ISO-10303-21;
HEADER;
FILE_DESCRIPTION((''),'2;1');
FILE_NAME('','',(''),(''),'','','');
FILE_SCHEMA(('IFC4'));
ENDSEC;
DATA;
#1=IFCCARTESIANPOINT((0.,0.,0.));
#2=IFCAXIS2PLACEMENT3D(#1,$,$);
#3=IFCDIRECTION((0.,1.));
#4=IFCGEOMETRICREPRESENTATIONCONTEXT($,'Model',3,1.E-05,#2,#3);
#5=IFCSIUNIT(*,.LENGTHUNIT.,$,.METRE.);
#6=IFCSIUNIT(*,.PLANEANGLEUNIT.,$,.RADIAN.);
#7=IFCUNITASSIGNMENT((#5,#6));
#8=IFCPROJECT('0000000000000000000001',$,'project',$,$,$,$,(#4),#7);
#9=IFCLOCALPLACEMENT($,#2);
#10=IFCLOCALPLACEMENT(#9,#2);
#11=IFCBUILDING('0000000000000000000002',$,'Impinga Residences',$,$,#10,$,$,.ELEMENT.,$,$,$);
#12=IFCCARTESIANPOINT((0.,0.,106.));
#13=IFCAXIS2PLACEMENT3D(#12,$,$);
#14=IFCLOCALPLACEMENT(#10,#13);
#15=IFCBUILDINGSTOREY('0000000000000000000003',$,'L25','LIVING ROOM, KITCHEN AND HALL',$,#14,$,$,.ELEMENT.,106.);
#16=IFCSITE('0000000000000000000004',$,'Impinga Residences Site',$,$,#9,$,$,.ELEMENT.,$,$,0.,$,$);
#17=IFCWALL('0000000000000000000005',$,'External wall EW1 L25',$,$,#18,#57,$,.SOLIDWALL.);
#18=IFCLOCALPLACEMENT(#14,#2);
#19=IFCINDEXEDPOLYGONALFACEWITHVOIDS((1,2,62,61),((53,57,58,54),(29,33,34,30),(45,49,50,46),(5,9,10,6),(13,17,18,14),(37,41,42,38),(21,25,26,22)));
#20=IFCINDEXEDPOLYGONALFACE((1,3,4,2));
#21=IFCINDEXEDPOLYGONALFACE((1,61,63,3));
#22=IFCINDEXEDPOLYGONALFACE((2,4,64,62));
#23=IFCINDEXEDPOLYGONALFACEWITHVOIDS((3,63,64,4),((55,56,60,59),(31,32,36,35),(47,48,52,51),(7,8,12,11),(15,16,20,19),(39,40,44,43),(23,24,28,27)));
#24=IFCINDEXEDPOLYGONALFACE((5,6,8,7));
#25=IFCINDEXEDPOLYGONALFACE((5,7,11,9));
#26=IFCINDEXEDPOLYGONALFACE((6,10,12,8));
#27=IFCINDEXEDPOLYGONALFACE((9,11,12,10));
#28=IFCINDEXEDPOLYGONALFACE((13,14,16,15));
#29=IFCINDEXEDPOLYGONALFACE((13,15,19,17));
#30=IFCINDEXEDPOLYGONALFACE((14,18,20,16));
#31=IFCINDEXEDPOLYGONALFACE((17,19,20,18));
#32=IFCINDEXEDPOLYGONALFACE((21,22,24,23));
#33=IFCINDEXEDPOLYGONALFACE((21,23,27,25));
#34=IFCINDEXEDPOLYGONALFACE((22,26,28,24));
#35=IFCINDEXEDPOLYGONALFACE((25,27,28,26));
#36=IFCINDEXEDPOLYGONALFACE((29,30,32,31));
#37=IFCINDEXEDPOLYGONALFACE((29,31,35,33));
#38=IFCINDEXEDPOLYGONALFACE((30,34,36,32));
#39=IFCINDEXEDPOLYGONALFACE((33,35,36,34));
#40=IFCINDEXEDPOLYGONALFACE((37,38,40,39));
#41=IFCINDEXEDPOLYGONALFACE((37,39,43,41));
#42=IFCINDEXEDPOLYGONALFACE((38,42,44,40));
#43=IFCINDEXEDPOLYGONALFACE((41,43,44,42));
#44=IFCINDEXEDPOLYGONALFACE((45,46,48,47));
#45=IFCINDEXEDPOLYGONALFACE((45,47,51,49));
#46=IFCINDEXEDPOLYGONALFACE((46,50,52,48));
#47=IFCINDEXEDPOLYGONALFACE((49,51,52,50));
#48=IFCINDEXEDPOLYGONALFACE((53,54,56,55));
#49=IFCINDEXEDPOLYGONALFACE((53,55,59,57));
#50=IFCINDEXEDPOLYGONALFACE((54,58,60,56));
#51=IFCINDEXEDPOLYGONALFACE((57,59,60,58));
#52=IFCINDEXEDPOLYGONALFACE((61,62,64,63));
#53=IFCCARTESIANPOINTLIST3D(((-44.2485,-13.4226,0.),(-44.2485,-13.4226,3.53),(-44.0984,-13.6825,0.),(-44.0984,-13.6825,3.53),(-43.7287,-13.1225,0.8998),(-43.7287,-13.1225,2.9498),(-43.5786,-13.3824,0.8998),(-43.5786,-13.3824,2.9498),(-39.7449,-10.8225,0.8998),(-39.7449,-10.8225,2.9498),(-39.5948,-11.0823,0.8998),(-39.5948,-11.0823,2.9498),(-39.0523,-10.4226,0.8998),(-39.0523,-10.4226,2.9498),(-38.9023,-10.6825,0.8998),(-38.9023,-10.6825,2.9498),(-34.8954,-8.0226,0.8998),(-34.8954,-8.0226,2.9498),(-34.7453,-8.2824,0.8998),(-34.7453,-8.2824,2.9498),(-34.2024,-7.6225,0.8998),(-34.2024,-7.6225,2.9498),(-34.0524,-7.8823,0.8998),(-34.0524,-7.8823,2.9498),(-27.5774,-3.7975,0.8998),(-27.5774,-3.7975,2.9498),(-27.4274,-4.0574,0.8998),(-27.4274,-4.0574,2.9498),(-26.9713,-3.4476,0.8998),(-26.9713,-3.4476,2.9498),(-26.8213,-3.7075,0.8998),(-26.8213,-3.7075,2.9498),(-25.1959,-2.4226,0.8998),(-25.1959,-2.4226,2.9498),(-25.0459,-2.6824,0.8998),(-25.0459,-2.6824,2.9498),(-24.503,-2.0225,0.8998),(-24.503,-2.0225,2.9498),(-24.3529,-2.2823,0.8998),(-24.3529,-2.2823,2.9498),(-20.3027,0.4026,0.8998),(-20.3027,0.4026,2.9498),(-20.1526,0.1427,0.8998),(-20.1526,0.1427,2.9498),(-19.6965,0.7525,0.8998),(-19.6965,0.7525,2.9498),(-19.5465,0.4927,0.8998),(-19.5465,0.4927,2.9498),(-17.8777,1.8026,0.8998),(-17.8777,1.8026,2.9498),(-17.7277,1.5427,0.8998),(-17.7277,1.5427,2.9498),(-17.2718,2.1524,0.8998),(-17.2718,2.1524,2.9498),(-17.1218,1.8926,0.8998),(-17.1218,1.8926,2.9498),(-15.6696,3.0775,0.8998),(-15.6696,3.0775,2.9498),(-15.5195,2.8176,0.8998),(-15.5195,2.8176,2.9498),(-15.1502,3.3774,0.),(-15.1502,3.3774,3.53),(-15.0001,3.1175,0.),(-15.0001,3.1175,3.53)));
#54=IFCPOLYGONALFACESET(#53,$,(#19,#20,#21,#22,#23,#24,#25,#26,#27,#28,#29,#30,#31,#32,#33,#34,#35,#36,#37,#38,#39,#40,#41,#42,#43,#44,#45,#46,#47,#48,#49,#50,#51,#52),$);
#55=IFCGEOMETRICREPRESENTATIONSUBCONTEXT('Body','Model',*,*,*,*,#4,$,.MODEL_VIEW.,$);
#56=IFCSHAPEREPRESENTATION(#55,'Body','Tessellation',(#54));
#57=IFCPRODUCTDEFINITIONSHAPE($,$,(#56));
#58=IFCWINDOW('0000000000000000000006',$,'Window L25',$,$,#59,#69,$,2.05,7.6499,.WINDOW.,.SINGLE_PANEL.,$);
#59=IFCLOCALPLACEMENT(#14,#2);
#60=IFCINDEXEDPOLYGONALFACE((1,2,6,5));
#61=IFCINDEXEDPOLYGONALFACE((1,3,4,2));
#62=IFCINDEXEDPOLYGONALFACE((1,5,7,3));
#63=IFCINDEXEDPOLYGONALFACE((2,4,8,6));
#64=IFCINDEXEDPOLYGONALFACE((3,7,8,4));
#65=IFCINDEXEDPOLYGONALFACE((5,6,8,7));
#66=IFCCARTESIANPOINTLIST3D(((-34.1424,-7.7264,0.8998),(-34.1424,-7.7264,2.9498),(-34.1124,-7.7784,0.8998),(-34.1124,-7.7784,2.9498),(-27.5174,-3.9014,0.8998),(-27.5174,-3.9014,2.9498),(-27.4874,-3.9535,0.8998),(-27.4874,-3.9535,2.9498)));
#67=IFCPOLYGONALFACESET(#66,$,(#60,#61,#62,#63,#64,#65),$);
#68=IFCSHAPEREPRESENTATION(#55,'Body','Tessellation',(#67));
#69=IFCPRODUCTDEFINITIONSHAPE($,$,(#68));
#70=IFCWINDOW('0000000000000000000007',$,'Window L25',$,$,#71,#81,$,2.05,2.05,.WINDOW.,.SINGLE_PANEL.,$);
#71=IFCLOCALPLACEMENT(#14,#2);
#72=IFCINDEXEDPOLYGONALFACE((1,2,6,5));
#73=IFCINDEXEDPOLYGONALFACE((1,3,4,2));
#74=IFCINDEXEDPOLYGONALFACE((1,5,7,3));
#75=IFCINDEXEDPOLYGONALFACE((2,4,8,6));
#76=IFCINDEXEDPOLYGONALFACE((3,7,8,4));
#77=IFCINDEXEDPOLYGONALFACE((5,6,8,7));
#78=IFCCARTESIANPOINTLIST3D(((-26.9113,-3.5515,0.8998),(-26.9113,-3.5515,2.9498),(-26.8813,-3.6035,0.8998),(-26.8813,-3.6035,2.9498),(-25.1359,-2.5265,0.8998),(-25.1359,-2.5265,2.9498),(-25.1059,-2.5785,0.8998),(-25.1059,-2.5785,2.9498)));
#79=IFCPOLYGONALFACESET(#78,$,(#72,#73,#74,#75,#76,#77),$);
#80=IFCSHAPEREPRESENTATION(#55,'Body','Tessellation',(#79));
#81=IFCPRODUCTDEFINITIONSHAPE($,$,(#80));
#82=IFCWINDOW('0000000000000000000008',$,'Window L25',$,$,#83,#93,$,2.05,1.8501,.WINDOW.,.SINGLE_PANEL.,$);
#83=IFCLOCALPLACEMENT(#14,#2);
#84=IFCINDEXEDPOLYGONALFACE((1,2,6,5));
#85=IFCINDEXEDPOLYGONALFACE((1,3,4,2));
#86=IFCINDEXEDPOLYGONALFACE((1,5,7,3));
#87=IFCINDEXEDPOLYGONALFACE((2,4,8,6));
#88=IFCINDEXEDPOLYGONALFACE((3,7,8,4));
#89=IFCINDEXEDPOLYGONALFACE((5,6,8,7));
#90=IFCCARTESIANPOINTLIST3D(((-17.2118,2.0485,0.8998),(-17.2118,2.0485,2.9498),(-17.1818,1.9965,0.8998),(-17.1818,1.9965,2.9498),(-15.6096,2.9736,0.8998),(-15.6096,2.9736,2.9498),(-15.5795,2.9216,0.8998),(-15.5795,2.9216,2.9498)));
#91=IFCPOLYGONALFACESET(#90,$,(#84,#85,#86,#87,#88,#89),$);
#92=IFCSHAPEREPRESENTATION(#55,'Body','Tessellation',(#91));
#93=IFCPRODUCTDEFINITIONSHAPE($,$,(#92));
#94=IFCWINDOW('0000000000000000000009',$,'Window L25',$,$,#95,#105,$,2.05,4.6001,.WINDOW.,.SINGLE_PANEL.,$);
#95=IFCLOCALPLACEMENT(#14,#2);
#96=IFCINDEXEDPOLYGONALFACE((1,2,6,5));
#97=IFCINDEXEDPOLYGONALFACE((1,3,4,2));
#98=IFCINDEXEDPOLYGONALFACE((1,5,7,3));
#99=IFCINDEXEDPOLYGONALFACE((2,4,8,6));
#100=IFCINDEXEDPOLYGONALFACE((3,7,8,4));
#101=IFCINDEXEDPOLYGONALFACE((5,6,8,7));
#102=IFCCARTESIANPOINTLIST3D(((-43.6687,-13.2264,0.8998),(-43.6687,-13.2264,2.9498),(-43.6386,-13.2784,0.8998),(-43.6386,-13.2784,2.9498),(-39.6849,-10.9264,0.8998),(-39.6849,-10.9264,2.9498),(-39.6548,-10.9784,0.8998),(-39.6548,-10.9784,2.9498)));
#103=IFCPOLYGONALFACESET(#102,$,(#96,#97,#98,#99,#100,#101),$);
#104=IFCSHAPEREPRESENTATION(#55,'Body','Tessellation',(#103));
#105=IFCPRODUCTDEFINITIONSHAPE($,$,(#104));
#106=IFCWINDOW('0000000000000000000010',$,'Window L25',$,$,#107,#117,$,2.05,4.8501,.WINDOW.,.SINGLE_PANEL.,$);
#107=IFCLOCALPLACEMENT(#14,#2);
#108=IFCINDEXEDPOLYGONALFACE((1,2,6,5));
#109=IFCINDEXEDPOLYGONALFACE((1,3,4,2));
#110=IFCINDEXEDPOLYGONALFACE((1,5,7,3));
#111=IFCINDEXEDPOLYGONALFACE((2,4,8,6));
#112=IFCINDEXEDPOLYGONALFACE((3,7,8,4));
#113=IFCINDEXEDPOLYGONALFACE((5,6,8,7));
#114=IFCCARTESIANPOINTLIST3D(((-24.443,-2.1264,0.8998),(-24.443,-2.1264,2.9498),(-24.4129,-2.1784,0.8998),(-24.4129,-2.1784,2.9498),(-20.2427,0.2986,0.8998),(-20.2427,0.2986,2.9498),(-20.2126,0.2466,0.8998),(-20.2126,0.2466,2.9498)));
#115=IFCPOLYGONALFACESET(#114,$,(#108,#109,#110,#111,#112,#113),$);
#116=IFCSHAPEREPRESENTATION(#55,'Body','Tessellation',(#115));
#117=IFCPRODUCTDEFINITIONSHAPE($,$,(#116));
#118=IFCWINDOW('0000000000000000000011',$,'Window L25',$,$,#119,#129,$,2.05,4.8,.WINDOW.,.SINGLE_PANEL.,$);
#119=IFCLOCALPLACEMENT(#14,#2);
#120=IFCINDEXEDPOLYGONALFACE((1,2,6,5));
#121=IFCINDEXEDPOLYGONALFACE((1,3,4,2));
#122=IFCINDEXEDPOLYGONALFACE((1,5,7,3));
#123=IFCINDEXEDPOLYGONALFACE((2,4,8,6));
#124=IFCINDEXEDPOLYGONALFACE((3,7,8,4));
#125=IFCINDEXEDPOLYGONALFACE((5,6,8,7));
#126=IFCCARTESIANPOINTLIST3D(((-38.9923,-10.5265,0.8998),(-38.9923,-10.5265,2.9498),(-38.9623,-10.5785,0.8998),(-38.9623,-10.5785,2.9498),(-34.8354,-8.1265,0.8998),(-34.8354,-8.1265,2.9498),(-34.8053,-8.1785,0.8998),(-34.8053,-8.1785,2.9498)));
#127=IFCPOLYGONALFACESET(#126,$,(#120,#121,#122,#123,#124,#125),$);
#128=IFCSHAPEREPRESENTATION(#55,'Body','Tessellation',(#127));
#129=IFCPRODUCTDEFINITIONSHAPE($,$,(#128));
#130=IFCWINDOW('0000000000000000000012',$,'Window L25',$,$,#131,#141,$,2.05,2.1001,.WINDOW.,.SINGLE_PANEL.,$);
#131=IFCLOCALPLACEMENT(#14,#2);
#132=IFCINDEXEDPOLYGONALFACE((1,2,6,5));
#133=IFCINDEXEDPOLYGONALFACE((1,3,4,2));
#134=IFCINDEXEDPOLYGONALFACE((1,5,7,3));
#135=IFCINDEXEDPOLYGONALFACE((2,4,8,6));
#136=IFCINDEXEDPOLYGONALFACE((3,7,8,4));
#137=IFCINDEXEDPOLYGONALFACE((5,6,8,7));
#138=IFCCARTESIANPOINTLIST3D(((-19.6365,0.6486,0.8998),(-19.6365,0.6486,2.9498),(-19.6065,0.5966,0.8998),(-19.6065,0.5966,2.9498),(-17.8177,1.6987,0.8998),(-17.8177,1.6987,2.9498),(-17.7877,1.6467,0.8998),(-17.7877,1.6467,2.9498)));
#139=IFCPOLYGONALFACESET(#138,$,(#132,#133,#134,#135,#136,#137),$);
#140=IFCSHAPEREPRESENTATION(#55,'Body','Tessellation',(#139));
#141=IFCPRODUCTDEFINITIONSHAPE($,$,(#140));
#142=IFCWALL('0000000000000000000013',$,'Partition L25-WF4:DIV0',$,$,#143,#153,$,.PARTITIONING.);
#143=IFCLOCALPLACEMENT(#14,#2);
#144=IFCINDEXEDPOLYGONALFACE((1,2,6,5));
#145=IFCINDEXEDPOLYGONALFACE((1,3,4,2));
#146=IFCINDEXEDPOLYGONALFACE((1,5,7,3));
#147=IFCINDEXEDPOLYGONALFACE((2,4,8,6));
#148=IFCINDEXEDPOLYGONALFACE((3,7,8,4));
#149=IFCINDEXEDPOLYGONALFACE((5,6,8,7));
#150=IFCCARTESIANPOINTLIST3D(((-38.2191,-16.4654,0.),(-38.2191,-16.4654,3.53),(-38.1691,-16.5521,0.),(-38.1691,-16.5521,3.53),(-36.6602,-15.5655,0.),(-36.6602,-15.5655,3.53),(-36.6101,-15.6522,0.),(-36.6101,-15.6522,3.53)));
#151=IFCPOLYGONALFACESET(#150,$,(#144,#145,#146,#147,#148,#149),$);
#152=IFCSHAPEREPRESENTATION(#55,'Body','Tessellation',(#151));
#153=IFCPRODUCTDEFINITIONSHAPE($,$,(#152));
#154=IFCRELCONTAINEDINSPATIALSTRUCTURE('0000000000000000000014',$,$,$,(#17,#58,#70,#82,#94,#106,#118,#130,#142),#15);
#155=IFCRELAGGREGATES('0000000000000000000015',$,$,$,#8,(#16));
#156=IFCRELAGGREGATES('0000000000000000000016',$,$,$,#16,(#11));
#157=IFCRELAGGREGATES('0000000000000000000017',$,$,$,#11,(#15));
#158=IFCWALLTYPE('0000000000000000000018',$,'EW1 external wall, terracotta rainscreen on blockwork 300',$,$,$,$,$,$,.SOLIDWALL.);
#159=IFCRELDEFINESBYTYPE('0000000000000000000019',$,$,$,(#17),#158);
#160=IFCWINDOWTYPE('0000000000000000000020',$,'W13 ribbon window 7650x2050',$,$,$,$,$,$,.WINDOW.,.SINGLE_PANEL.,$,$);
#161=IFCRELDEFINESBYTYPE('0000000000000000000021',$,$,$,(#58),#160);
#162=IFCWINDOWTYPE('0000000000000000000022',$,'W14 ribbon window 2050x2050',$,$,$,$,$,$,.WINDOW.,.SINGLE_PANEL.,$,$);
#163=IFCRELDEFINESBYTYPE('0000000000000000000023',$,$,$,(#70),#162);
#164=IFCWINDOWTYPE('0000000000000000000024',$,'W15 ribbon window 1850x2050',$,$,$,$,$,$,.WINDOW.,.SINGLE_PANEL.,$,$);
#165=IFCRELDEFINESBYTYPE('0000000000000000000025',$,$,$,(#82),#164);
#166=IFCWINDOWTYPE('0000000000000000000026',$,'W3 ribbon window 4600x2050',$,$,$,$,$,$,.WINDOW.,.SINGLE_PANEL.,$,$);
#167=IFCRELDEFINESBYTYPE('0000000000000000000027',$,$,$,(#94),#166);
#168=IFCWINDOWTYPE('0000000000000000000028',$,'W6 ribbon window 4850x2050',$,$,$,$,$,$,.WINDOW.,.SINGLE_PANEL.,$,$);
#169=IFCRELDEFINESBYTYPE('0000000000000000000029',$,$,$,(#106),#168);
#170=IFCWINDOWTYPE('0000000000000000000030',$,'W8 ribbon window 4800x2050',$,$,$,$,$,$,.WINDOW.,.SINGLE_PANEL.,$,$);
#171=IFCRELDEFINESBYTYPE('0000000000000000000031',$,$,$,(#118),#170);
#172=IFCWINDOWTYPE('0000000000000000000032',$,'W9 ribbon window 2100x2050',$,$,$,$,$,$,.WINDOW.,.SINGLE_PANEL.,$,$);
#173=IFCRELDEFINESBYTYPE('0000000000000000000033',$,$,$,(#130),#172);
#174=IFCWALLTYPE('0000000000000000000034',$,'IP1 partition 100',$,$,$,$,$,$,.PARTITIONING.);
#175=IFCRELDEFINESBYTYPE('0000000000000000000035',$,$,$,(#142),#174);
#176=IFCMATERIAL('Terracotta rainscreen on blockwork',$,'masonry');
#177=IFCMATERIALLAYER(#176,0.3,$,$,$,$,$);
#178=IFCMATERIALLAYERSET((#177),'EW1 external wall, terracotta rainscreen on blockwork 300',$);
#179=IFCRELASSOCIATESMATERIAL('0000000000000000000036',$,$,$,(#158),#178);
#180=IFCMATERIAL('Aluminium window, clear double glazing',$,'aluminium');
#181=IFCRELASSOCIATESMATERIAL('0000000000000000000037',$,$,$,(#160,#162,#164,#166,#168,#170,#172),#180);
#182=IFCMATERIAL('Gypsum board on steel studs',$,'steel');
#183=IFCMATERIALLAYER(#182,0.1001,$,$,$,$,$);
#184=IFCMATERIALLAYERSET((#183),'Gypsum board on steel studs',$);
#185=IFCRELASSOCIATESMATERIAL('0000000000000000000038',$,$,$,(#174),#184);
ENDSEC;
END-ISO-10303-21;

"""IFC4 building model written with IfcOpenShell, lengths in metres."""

from ifc_helpers import new_model, si_unit, direction, frame, frame_2d, origin, place, context, subcontext, project, spatial, rectangle, extrude, material, layer, layer_set, type_object, element, fill, save


model = new_model("IFC4")

# Units and contexts
model_context = context("Model", 3, precision=1e-05, world=origin(), true_north=direction((0.0, 1.0)))
body_context = subcontext(model_context, "Body", "Model", "MODEL_VIEW")
ifc_project = project(units=[si_unit("LENGTHUNIT", "METRE"), si_unit("PLANEANGLEUNIT", "RADIAN")], contexts=[model_context])

# Site, building, storey
site_placement = place(None, origin())
site = spatial("IfcSite", under=ifc_project, at=site_placement, Name="Impinga Residences Site", CompositionType="ELEMENT", RefElevation=0.0)
building_placement = place(site_placement, origin())
building = spatial("IfcBuilding", under=site, at=building_placement, Name="Impinga Residences", CompositionType="ELEMENT")
storey_placement = place(building_placement, frame((0.0, 0.0, 106.0)))
storey = spatial("IfcBuildingStorey", under=building, at=storey_placement, Name="L25", Description="LIVING ROOM, KITCHEN AND HALL", CompositionType="ELEMENT", Elevation=106.0)

# Shared definitions
ifc_material_1 = material(Name="Terracotta rainscreen on blockwork", Category="masonry")
ifc_layer_1 = layer(ifc_material_1, 0.3)
ifc_layer_set_1 = layer_set([ifc_layer_1], Name="EW1 external wall, terracotta rainscreen on blockwork 300")
wall_type_1 = type_object("IfcWallType", Name="EW1 external wall, terracotta rainscreen on blockwork 300", PredefinedType="SOLIDWALL", material=ifc_layer_set_1)

# Wall, openings, windows
wall_1_placement = place(storey_placement, frame((-44.1733, -13.5525, 0.0), z_axis=(0.0, 0.0, 1.0), x_axis=(0.866024, 0.500002, 0.0)))
wall_1 = element("IfcWall", 1, at=wall_1_placement, inside=storey, type_object=wall_type_1, Name="External wall EW1 L25", PredefinedType="SOLIDWALL", context=body_context, shape_type="SweptSolid", body=[
    extrude(rectangle(XDim=33.5999, YDim=0.3, at=frame_2d((16.7998, 0.0))), origin(), (0.0, 0.0, 1.0), 3.53),
])
opening_1_placement = place(wall_1_placement, frame((0.6001, 0.0, 0.8999)))
opening_1 = element("IfcOpeningElement", 2, at=opening_1_placement, cuts=wall_1, PredefinedType="OPENING", context=body_context, shape_type="SweptSolid", body=[
    extrude(rectangle(XDim=4.6001, YDim=2.05, at=frame_2d((2.3, 1.0249))), frame((0.0, 0.1599, 0.0), z_axis=(0.0, -1.0, 0.0), x_axis=(1.0, 0.0, 0.0)), (0.0, 0.0, 1.0), 0.3201),
])
opening_2_placement = place(wall_1_placement, frame((6.0, 0.0, 0.8999)))
opening_2 = element("IfcOpeningElement", 3, at=opening_2_placement, cuts=wall_1, PredefinedType="OPENING", context=body_context, shape_type="SweptSolid", body=[
    extrude(rectangle(XDim=4.8, YDim=2.05, at=frame_2d((2.3999, 1.0249))), frame((0.0, 0.1599, 0.0), z_axis=(0.0, -1.0, 0.0), x_axis=(1.0, 0.0, 0.0)), (0.0, 0.0, 1.0), 0.3201),
])
opening_3_placement = place(wall_1_placement, frame((11.6001, 0.0, 0.8999)))
opening_3 = element("IfcOpeningElement", 4, at=opening_3_placement, cuts=wall_1, PredefinedType="OPENING", context=body_context, shape_type="SweptSolid", body=[
    extrude(rectangle(XDim=7.6499, YDim=2.05, at=frame_2d((3.825, 1.0249))), frame((0.0, 0.1599, 0.0), z_axis=(0.0, -1.0, 0.0), x_axis=(1.0, 0.0, 0.0)), (0.0, 0.0, 1.0), 0.3201),
])
opening_4_placement = place(wall_1_placement, frame((19.95, 0.0, 0.8999)))
opening_4 = element("IfcOpeningElement", 5, at=opening_4_placement, cuts=wall_1, PredefinedType="OPENING", context=body_context, shape_type="SweptSolid", body=[
    extrude(rectangle(XDim=2.05, YDim=2.05, at=frame_2d((1.0249, 1.0249))), frame((0.0, 0.1599, 0.0), z_axis=(0.0, -1.0, 0.0), x_axis=(1.0, 0.0, 0.0)), (0.0, 0.0, 1.0), 0.3201),
])
opening_5_placement = place(wall_1_placement, frame((22.8, 0.0, 0.8999)))
opening_5 = element("IfcOpeningElement", 6, at=opening_5_placement, cuts=wall_1, PredefinedType="OPENING", context=body_context, shape_type="SweptSolid", body=[
    extrude(rectangle(XDim=4.8501, YDim=2.05, at=frame_2d((2.425, 1.0249))), frame((0.0, 0.1599, 0.0), z_axis=(0.0, -1.0, 0.0), x_axis=(1.0, 0.0, 0.0)), (0.0, 0.0, 1.0), 0.3201),
])
opening_6_placement = place(wall_1_placement, frame((28.3501, 0.0, 0.8999)))
opening_6 = element("IfcOpeningElement", 7, at=opening_6_placement, cuts=wall_1, PredefinedType="OPENING", context=body_context, shape_type="SweptSolid", body=[
    extrude(rectangle(XDim=2.1001, YDim=2.05, at=frame_2d((1.05, 1.0249))), frame((0.0, 0.1599, 0.0), z_axis=(0.0, -1.0, 0.0), x_axis=(1.0, 0.0, 0.0)), (0.0, 0.0, 1.0), 0.3201),
])
opening_7_placement = place(wall_1_placement, frame((31.1499, 0.0, 0.8999)))
opening_7 = element("IfcOpeningElement", 8, at=opening_7_placement, cuts=wall_1, PredefinedType="OPENING", context=body_context, shape_type="SweptSolid", body=[
    extrude(rectangle(XDim=1.8501, YDim=2.05, at=frame_2d((0.925, 1.0249))), frame((0.0, 0.1599, 0.0), z_axis=(0.0, -1.0, 0.0), x_axis=(1.0, 0.0, 0.0)), (0.0, 0.0, 1.0), 0.3201),
])
ifc_material_2 = material(Name="Aluminium window, clear double glazing", Category="aluminium")
window_type_1 = type_object("IfcWindowType", Name="W13 ribbon window 7650x2050", PartitioningType="SINGLE_PANEL", PredefinedType="WINDOW", material=ifc_material_2)
window_1_placement = place(opening_3_placement, origin())
window_1 = element("IfcWindow", 9, at=window_1_placement, inside=storey, type_object=window_type_1, Name="Window L25", OverallHeight=2.05, OverallWidth=7.6499, PartitioningType="SINGLE_PANEL", PredefinedType="WINDOW", context=body_context, shape_type="SweptSolid", body=[
    extrude(rectangle(XDim=7.6499, YDim=2.05, at=frame_2d((3.825, 1.0249))), frame((0.0, 0.03, 0.0), z_axis=(0.0, -1.0, 0.0), x_axis=(1.0, 0.0, 0.0)), (0.0, 0.0, 1.0), 0.0601),
])
fill(opening_3, window_1)
window_type_2 = type_object("IfcWindowType", Name="W14 ribbon window 2050x2050", PartitioningType="SINGLE_PANEL", PredefinedType="WINDOW", material=ifc_material_2)
window_2_placement = place(opening_4_placement, origin())
window_2 = element("IfcWindow", 10, at=window_2_placement, inside=storey, type_object=window_type_2, Name="Window L25", OverallHeight=2.05, OverallWidth=2.05, PartitioningType="SINGLE_PANEL", PredefinedType="WINDOW", context=body_context, shape_type="SweptSolid", body=[
    extrude(rectangle(XDim=2.05, YDim=2.05, at=frame_2d((1.0249, 1.0249))), frame((0.0, 0.03, 0.0), z_axis=(0.0, -1.0, 0.0), x_axis=(1.0, 0.0, 0.0)), (0.0, 0.0, 1.0), 0.0601),
])
fill(opening_4, window_2)
window_type_3 = type_object("IfcWindowType", Name="W15 ribbon window 1850x2050", PartitioningType="SINGLE_PANEL", PredefinedType="WINDOW", material=ifc_material_2)
window_3_placement = place(opening_7_placement, origin())
window_3 = element("IfcWindow", 11, at=window_3_placement, inside=storey, type_object=window_type_3, Name="Window L25", OverallHeight=2.05, OverallWidth=1.8501, PartitioningType="SINGLE_PANEL", PredefinedType="WINDOW", context=body_context, shape_type="SweptSolid", body=[
    extrude(rectangle(XDim=1.8501, YDim=2.05, at=frame_2d((0.925, 1.0249))), frame((0.0, 0.03, 0.0), z_axis=(0.0, -1.0, 0.0), x_axis=(1.0, 0.0, 0.0)), (0.0, 0.0, 1.0), 0.0601),
])
fill(opening_7, window_3)
window_type_4 = type_object("IfcWindowType", Name="W3 ribbon window 4600x2050", PartitioningType="SINGLE_PANEL", PredefinedType="WINDOW", material=ifc_material_2)
window_4_placement = place(opening_1_placement, origin())
window_4 = element("IfcWindow", 12, at=window_4_placement, inside=storey, type_object=window_type_4, Name="Window L25", OverallHeight=2.05, OverallWidth=4.6001, PartitioningType="SINGLE_PANEL", PredefinedType="WINDOW", context=body_context, shape_type="SweptSolid", body=[
    extrude(rectangle(XDim=4.6001, YDim=2.05, at=frame_2d((2.3, 1.0249))), frame((0.0, 0.03, 0.0), z_axis=(0.0, -1.0, 0.0), x_axis=(1.0, 0.0, 0.0)), (0.0, 0.0, 1.0), 0.0601),
])
fill(opening_1, window_4)
window_type_5 = type_object("IfcWindowType", Name="W6 ribbon window 4850x2050", PartitioningType="SINGLE_PANEL", PredefinedType="WINDOW", material=ifc_material_2)
window_5_placement = place(opening_5_placement, origin())
window_5 = element("IfcWindow", 13, at=window_5_placement, inside=storey, type_object=window_type_5, Name="Window L25", OverallHeight=2.05, OverallWidth=4.8501, PartitioningType="SINGLE_PANEL", PredefinedType="WINDOW", context=body_context, shape_type="SweptSolid", body=[
    extrude(rectangle(XDim=4.8501, YDim=2.05, at=frame_2d((2.425, 1.0249))), frame((0.0, 0.03, 0.0), z_axis=(0.0, -1.0, 0.0), x_axis=(1.0, 0.0, 0.0)), (0.0, 0.0, 1.0), 0.0601),
])
fill(opening_5, window_5)
window_type_6 = type_object("IfcWindowType", Name="W8 ribbon window 4800x2050", PartitioningType="SINGLE_PANEL", PredefinedType="WINDOW", material=ifc_material_2)
window_6_placement = place(opening_2_placement, origin())
window_6 = element("IfcWindow", 14, at=window_6_placement, inside=storey, type_object=window_type_6, Name="Window L25", OverallHeight=2.05, OverallWidth=4.8, PartitioningType="SINGLE_PANEL", PredefinedType="WINDOW", context=body_context, shape_type="SweptSolid", body=[
    extrude(rectangle(XDim=4.8, YDim=2.05, at=frame_2d((2.3999, 1.0249))), frame((0.0, 0.03, 0.0), z_axis=(0.0, -1.0, 0.0), x_axis=(1.0, 0.0, 0.0)), (0.0, 0.0, 1.0), 0.0601),
])
fill(opening_2, window_6)
window_type_7 = type_object("IfcWindowType", Name="W9 ribbon window 2100x2050", PartitioningType="SINGLE_PANEL", PredefinedType="WINDOW", material=ifc_material_2)
window_7_placement = place(opening_6_placement, origin())
window_7 = element("IfcWindow", 15, at=window_7_placement, inside=storey, type_object=window_type_7, Name="Window L25", OverallHeight=2.05, OverallWidth=2.1001, PartitioningType="SINGLE_PANEL", PredefinedType="WINDOW", context=body_context, shape_type="SweptSolid", body=[
    extrude(rectangle(XDim=2.1001, YDim=2.05, at=frame_2d((1.05, 1.0249))), frame((0.0, 0.03, 0.0), z_axis=(0.0, -1.0, 0.0), x_axis=(1.0, 0.0, 0.0)), (0.0, 0.0, 1.0), 0.0601),
])
fill(opening_6, window_7)

# Wall
ifc_material_3 = material(Name="Gypsum board on steel studs", Category="steel")
ifc_layer_2 = layer(ifc_material_3, 0.1001)
ifc_layer_set_2 = layer_set([ifc_layer_2], Name="Gypsum board on steel studs")
wall_type_2 = type_object("IfcWallType", Name="IP1 partition 100", PredefinedType="PARTITIONING", material=ifc_layer_set_2)
wall_2_placement = place(storey_placement, frame((-36.6353, -15.6089, 0.0), z_axis=(0.0, 0.0, 1.0), x_axis=(-0.866048, -0.499961, 0.0)))
element("IfcWall", 16, at=wall_2_placement, inside=storey, type_object=wall_type_2, Name="Partition L25-WF4:DIV0", PredefinedType="PARTITIONING", context=body_context, shape_type="SweptSolid", body=[
    extrude(rectangle(XDim=1.8, YDim=0.1001, at=frame_2d((0.8999, 0.0))), origin(), (0.0, 0.0, 1.0), 3.53),
])

save(model, "model.ifc")
